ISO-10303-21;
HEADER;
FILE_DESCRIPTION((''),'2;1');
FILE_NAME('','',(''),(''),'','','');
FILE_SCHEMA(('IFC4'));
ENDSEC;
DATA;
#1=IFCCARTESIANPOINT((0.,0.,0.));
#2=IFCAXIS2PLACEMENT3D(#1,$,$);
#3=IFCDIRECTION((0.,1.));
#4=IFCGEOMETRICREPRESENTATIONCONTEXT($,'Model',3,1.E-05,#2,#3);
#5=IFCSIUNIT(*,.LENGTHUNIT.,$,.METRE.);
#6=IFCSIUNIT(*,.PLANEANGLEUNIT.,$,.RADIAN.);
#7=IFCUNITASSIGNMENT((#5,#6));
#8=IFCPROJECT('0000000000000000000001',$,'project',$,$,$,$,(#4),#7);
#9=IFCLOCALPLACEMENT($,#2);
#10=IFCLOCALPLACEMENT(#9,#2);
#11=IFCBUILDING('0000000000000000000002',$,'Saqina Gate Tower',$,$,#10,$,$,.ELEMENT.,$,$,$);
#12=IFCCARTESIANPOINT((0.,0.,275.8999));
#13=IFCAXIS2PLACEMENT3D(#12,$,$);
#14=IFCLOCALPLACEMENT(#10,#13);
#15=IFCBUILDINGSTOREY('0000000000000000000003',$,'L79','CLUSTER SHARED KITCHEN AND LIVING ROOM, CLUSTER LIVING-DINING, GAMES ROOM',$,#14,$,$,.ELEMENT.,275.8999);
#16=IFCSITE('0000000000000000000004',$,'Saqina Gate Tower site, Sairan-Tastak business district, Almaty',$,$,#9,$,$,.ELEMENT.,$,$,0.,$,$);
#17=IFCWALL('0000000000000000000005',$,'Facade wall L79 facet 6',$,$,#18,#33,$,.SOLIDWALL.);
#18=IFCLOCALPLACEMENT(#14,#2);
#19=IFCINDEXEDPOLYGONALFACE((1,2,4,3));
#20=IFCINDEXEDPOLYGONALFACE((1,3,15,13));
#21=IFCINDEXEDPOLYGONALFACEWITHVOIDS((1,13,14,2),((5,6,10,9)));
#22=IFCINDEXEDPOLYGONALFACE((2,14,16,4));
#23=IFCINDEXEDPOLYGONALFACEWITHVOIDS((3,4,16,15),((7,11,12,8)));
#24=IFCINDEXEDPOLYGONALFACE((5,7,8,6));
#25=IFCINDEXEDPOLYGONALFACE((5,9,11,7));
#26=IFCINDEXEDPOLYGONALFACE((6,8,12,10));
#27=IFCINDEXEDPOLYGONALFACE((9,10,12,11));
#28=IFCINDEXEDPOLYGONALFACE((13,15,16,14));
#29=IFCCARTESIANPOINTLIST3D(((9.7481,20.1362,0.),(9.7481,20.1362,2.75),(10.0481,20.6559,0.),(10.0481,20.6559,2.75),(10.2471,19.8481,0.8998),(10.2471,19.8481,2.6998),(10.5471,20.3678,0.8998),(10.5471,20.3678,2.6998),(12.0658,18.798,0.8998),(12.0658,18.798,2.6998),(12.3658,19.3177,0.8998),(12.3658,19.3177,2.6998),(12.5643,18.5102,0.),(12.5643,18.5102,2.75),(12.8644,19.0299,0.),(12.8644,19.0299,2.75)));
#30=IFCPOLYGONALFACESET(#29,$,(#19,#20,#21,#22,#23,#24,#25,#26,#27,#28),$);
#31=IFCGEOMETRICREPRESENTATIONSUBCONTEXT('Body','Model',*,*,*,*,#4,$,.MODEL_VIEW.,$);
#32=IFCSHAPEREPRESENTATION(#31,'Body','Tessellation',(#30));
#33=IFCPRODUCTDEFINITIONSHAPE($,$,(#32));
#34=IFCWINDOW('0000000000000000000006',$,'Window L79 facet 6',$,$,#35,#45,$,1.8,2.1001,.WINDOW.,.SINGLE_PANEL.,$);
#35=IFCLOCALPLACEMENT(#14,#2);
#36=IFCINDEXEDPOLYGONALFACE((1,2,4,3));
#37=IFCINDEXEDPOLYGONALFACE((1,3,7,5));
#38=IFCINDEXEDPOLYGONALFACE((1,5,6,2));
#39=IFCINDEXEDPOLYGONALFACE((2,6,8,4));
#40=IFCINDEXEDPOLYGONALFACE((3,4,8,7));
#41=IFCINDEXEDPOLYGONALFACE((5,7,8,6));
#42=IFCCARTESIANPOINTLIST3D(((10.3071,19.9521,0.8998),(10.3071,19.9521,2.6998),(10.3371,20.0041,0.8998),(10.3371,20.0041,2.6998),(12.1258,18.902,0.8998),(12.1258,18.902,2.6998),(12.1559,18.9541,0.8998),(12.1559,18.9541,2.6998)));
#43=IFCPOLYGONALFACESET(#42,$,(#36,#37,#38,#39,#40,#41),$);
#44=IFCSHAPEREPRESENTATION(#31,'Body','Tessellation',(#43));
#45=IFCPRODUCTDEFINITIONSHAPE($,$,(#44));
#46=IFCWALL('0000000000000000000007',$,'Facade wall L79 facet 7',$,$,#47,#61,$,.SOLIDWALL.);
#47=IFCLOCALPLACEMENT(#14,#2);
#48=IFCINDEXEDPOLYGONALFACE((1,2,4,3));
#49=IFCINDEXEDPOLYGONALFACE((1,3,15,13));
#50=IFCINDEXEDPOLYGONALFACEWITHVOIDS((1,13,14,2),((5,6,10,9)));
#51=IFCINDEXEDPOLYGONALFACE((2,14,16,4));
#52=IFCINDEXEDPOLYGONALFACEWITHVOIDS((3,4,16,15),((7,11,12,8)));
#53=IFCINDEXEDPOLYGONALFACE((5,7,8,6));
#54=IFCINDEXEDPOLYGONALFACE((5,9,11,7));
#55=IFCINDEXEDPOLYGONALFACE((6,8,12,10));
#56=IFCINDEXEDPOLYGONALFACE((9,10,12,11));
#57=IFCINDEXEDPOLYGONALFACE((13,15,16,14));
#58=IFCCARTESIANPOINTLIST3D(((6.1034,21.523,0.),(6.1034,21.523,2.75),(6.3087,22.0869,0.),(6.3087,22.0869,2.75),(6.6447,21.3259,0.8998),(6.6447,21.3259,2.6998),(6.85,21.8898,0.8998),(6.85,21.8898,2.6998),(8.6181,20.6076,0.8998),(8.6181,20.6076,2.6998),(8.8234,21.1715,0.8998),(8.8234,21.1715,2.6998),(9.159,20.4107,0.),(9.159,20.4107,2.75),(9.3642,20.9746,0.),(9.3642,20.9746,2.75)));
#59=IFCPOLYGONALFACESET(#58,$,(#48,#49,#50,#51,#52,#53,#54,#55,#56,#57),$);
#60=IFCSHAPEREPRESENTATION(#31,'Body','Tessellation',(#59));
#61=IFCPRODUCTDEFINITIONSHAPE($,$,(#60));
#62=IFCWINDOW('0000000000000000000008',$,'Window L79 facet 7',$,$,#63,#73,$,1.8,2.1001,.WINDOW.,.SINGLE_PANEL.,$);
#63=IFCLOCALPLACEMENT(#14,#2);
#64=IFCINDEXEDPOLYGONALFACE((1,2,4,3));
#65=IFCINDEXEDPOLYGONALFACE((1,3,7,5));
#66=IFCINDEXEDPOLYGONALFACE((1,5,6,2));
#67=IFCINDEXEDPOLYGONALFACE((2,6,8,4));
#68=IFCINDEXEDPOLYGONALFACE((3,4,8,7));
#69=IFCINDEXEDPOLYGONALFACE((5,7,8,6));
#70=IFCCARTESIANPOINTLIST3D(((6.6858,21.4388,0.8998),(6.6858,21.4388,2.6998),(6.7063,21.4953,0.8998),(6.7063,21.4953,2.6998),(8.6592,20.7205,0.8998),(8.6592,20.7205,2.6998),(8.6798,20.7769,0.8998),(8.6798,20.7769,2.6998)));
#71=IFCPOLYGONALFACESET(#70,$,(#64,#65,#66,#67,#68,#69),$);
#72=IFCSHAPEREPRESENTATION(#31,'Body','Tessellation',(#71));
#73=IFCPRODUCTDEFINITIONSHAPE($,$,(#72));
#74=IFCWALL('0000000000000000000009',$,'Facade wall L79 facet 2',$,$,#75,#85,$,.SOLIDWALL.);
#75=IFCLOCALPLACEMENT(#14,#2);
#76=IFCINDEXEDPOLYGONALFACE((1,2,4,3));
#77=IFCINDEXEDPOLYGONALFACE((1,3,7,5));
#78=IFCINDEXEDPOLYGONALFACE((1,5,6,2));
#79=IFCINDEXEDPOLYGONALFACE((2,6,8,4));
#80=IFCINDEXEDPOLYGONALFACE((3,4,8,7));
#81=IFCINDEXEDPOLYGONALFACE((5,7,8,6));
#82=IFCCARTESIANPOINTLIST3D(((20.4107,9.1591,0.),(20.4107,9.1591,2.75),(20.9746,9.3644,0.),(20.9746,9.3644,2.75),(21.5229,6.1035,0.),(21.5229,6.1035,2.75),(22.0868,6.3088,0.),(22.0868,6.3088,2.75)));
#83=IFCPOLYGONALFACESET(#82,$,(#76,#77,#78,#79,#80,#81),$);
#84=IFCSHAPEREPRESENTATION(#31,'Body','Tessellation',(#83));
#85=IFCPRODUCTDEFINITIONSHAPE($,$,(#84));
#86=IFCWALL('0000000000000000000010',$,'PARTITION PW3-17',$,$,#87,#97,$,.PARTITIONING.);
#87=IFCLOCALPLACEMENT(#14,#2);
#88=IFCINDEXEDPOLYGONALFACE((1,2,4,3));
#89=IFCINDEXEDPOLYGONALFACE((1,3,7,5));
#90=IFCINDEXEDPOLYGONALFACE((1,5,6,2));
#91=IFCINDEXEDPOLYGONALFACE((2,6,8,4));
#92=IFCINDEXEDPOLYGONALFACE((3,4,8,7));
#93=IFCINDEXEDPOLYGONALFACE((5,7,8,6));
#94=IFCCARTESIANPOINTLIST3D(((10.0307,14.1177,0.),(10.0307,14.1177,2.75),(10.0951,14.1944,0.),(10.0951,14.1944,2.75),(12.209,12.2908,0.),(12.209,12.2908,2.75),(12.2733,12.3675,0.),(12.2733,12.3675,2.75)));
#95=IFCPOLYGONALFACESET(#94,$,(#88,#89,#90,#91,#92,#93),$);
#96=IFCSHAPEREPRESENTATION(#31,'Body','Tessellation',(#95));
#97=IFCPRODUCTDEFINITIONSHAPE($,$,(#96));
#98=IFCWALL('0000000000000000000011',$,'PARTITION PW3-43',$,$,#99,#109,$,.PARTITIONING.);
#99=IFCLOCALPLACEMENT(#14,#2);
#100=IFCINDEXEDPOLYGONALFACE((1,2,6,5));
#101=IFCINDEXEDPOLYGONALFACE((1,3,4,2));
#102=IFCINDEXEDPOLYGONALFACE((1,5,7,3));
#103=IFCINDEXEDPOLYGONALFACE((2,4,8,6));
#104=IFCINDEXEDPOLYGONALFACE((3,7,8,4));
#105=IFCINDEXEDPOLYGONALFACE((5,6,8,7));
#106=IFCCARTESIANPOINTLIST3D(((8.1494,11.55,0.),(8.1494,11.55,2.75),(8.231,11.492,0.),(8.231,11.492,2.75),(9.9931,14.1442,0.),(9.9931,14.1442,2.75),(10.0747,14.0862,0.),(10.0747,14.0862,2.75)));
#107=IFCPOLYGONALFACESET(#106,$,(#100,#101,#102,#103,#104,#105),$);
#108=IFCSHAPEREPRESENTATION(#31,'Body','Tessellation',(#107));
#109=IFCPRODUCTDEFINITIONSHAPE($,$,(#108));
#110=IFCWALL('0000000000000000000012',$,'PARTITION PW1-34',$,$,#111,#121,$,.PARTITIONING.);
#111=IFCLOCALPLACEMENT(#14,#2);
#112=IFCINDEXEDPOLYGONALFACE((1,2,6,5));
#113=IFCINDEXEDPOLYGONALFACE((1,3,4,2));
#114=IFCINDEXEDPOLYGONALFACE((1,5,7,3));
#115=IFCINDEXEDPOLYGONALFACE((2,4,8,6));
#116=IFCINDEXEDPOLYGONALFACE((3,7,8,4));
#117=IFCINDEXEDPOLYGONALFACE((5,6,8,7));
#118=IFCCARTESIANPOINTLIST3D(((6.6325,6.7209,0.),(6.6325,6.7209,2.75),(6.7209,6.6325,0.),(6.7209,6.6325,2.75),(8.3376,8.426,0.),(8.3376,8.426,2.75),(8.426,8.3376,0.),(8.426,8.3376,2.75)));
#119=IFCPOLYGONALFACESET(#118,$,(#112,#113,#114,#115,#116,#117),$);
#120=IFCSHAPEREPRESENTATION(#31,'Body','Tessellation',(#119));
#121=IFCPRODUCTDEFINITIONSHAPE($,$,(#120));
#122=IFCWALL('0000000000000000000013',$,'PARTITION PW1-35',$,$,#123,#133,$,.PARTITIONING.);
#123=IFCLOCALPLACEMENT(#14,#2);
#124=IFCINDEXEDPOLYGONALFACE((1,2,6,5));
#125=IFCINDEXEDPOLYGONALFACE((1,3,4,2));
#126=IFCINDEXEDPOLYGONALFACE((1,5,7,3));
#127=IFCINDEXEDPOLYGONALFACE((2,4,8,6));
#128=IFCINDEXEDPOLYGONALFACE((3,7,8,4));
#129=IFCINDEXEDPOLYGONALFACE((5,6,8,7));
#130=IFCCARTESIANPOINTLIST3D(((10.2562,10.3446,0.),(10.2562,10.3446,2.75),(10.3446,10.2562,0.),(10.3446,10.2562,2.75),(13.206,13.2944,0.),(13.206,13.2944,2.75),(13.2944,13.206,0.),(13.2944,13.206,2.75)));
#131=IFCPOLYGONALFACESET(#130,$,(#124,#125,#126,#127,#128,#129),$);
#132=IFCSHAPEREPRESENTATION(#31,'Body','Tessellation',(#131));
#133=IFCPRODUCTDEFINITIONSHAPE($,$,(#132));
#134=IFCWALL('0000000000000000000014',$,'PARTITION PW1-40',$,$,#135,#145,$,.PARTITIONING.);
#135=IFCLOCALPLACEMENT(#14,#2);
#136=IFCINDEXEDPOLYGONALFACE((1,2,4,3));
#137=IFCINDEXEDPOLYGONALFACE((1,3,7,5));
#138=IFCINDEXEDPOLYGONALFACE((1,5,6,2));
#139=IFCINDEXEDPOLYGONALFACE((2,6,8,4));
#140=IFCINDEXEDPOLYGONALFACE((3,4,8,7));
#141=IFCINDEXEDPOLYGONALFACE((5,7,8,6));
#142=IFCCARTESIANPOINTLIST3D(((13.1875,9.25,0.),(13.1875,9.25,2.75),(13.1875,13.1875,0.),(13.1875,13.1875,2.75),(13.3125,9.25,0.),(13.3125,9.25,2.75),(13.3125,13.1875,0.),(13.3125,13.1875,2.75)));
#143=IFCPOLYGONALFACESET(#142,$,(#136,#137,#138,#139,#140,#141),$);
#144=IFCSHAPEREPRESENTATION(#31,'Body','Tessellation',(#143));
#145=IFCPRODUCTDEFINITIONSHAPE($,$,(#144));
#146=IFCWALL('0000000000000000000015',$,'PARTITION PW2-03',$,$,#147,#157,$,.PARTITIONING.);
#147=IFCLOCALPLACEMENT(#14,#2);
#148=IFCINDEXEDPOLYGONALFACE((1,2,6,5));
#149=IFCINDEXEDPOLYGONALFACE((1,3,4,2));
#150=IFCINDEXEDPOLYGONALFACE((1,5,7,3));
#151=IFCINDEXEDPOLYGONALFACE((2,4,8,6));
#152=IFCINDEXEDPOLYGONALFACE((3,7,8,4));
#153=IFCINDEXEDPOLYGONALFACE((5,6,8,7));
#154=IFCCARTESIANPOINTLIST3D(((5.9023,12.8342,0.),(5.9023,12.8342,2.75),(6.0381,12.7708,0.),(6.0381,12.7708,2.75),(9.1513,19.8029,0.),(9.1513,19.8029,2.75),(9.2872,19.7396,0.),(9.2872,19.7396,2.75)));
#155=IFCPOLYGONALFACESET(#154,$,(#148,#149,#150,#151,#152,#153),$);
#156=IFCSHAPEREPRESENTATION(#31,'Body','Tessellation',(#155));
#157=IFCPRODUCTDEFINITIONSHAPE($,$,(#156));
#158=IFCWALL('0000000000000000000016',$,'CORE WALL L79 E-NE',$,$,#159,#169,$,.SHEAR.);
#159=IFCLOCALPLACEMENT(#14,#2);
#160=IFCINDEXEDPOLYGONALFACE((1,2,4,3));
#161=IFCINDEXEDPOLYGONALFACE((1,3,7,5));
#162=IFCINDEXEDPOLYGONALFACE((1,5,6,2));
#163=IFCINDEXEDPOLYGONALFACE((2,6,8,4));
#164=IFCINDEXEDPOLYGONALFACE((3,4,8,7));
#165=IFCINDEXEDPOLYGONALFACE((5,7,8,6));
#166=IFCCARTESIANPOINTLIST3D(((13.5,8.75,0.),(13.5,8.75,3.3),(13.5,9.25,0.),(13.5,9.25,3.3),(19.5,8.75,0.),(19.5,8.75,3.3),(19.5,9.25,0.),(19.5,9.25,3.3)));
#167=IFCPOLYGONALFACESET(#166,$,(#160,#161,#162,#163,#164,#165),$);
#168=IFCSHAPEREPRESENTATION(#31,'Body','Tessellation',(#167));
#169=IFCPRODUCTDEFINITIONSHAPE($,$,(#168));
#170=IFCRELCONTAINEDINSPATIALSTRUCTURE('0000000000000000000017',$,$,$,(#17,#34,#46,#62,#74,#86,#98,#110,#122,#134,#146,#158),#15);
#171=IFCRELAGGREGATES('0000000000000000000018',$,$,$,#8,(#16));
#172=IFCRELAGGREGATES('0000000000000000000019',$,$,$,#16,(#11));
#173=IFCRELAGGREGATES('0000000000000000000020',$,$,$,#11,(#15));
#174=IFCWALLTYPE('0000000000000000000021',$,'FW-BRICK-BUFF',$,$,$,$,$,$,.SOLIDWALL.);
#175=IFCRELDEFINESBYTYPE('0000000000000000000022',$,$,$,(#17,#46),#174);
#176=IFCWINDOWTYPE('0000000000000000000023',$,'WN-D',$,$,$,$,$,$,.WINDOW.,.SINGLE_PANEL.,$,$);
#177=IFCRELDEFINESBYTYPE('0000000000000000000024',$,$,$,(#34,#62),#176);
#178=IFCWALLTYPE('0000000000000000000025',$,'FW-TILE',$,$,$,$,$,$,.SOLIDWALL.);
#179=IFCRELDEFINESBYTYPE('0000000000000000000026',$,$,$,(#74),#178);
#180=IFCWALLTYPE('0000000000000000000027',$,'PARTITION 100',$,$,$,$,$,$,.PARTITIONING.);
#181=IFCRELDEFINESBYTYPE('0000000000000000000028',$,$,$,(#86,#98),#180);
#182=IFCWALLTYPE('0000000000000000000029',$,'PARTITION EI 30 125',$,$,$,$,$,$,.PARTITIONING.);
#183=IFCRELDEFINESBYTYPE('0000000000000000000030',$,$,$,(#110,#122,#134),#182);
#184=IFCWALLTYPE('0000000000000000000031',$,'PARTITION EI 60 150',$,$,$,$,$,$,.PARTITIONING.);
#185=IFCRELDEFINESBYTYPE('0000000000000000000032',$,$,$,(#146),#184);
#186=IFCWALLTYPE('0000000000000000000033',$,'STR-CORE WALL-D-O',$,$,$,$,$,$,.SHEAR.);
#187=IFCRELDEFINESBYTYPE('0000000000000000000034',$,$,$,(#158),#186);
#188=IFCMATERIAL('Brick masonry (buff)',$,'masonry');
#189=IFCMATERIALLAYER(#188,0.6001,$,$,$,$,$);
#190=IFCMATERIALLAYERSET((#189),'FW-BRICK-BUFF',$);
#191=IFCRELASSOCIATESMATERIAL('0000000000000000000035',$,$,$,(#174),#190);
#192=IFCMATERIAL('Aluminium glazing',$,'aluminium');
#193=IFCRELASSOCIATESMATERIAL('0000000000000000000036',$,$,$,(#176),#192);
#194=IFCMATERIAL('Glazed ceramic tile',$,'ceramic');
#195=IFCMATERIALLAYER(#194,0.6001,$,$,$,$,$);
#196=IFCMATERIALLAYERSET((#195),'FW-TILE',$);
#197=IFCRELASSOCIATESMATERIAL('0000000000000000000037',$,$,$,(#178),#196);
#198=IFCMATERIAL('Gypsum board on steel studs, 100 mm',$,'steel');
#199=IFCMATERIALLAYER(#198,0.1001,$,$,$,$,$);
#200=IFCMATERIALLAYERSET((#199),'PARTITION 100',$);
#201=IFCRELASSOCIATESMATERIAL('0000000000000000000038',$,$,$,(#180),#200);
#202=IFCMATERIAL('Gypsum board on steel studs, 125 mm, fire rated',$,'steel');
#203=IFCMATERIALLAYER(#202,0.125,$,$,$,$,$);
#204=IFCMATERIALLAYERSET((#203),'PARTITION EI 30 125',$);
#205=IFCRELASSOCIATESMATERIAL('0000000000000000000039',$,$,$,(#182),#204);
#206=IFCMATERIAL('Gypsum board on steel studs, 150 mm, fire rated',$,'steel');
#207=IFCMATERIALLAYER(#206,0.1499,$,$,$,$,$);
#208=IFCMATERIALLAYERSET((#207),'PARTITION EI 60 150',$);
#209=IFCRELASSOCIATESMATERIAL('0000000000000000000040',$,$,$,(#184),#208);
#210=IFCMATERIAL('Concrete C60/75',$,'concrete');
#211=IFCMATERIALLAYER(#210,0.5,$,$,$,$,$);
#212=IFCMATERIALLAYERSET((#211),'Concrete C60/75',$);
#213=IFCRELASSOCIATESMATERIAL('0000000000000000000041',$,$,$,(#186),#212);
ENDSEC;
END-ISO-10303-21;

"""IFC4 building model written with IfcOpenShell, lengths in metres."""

from ifc_helpers import new_model, si_unit, direction, frame, frame_2d, origin, place, context, subcontext, project, spatial, rectangle, extrude, material, layer, layer_set, type_object, element, fill, save


model = new_model("IFC4")

# Units and contexts
model_context = context("Model", 3, precision=1e-05, world=origin(), true_north=direction((0.0, 1.0)))
body_context = subcontext(model_context, "Body", "Model", "MODEL_VIEW")
ifc_project = project(units=[si_unit("LENGTHUNIT", "METRE"), si_unit("PLANEANGLEUNIT", "RADIAN")], contexts=[model_context])

# Site, building, storey
site_placement = place(None, origin())
site = spatial("IfcSite", under=ifc_project, at=site_placement, Name="Saqina Gate Tower site, Sairan-Tastak business district, Almaty", CompositionType="ELEMENT", RefElevation=0.0)
building_placement = place(site_placement, origin())
building = spatial("IfcBuilding", under=site, at=building_placement, Name="Saqina Gate Tower", CompositionType="ELEMENT")
storey_placement = place(building_placement, frame((0.0, 0.0, 275.8999)))
storey = spatial("IfcBuildingStorey", under=building, at=storey_placement, Name="L79", Description="CLUSTER SHARED KITCHEN AND LIVING ROOM, CLUSTER LIVING-DINING, GAMES ROOM", CompositionType="ELEMENT", Elevation=275.8999)

# Walls, openings, windows
ifc_material_1 = material(Name="Brick masonry (buff)", Category="masonry")
ifc_layer_1 = layer(ifc_material_1, 0.6001)
ifc_layer_set_1 = layer_set([ifc_layer_1], Name="FW-BRICK-BUFF")
wall_type_1 = type_object("IfcWallType", Name="FW-BRICK-BUFF", PredefinedType="SOLIDWALL", material=ifc_layer_set_1)
ifc_material_2 = material(Name="Aluminium glazing", Category="aluminium")
window_type = type_object("IfcWindowType", Name="WN-D", PartitioningType="SINGLE_PANEL", PredefinedType="WINDOW", material=ifc_material_2)
wall_1_placement = place(storey_placement, frame((12.7144, 18.77, 0.0), z_axis=(0.0, 0.0, 1.0), x_axis=(-0.866017, 0.500015, 0.0)))
wall_1 = element("IfcWall", 1, at=wall_1_placement, inside=storey, type_object=wall_type_1, Name="Facade wall L79 facet 6", PredefinedType="SOLIDWALL", context=body_context, shape_type="SweptSolid", body=[
    extrude(rectangle(XDim=3.252, YDim=0.6001, at=frame_2d((1.626, 0.0))), origin(), (0.0, 0.0, 1.0), 2.75),
])
opening_1_placement = place(wall_1_placement, frame((0.5757, 0.0, 0.8999)))
opening_1 = element("IfcOpeningElement", 2, at=opening_1_placement, cuts=wall_1, PredefinedType="OPENING", context=body_context, shape_type="SweptSolid", body=[
    extrude(rectangle(XDim=2.1001, YDim=1.8, at=frame_2d((1.05, 0.8999))), frame((0.0, 0.312, 0.0), z_axis=(0.0, -1.0, 0.0), x_axis=(1.0, 0.0, 0.0)), (0.0, 0.0, 1.0), 0.624),
])
window_1_placement = place(opening_1_placement, origin())
window_1 = element("IfcWindow", 3, at=window_1_placement, inside=storey, type_object=window_type, Name="Window L79 facet 6", OverallHeight=1.8, OverallWidth=2.1001, PartitioningType="SINGLE_PANEL", PredefinedType="WINDOW", context=body_context, shape_type="SweptSolid", body=[
    extrude(rectangle(XDim=2.1001, YDim=1.8, at=frame_2d((1.05, 0.8999))), frame((0.0, 0.1799, 0.0), z_axis=(0.0, -1.0, 0.0), x_axis=(1.0, 0.0, 0.0)), (0.0, 0.0, 1.0), 0.0601),
])
fill(opening_1, window_1)
wall_2_placement = place(storey_placement, frame((9.2617, 20.6926, 0.0), z_axis=(0.0, 0.0, 1.0), x_axis=(-0.939679, 0.342057, 0.0)))
wall_2 = element("IfcWall", 4, at=wall_2_placement, inside=storey, type_object=wall_type_1, Name="Facade wall L79 facet 7", PredefinedType="SOLIDWALL", context=body_context, shape_type="SweptSolid", body=[
    extrude(rectangle(XDim=3.2517, YDim=0.6001, at=frame_2d((1.626, 0.0))), origin(), (0.0, 0.0, 1.0), 2.75),
])
opening_2_placement = place(wall_2_placement, frame((0.5757, 0.0, 0.8999)))
opening_2 = element("IfcOpeningElement", 5, at=opening_2_placement, cuts=wall_2, PredefinedType="OPENING", context=body_context, shape_type="SweptSolid", body=[
    extrude(rectangle(XDim=2.1001, YDim=1.8, at=frame_2d((1.05, 0.8999))), frame((0.0, 0.312, 0.0), z_axis=(0.0, -1.0, 0.0), x_axis=(1.0, 0.0, 0.0)), (0.0, 0.0, 1.0), 0.624),
])
window_2_placement = place(opening_2_placement, origin())
window_2 = element("IfcWindow", 6, at=window_2_placement, inside=storey, type_object=window_type, Name="Window L79 facet 7", OverallHeight=1.8, OverallWidth=2.1001, PartitioningType="SINGLE_PANEL", PredefinedType="WINDOW", context=body_context, shape_type="SweptSolid", body=[
    extrude(rectangle(XDim=2.1001, YDim=1.8, at=frame_2d((1.05, 0.8999))), frame((0.0, 0.1799, 0.0), z_axis=(0.0, -1.0, 0.0), x_axis=(1.0, 0.0, 0.0)), (0.0, 0.0, 1.0), 0.0601),
])
fill(opening_2, window_2)

# Walls
ifc_material_3 = material(Name="Glazed ceramic tile", Category="ceramic")
ifc_layer_2 = layer(ifc_material_3, 0.6001)
ifc_layer_set_2 = layer_set([ifc_layer_2], Name="FW-TILE")
wall_type_2 = type_object("IfcWallType", Name="FW-TILE", PredefinedType="SOLIDWALL", material=ifc_layer_set_2)
wall_3_placement = place(storey_placement, frame((21.8049, 6.2061, 0.0), z_axis=(0.0, 0.0, 1.0), x_axis=(-0.342057, 0.939679, 0.0)))
element("IfcWall", 7, at=wall_3_placement, inside=storey, type_object=wall_type_2, Name="Facade wall L79 facet 2", PredefinedType="SOLIDWALL", context=body_context, shape_type="SweptSolid", body=[
    extrude(rectangle(XDim=3.2517, YDim=0.6001, at=frame_2d((1.626, 0.0))), origin(), (0.0, 0.0, 1.0), 2.75),
])
ifc_material_4 = material(Name="Gypsum board on steel studs, 100 mm", Category="steel")
ifc_layer_3 = layer(ifc_material_4, 0.1001)
ifc_layer_set_3 = layer_set([ifc_layer_3], Name="PARTITION 100")
wall_type_3 = type_object("IfcWallType", Name="PARTITION 100", PredefinedType="PARTITIONING", material=ifc_layer_set_3)
wall_4_placement = place(storey_placement, frame((10.063, 14.156, 0.0), z_axis=(0.0, 0.0, 1.0), x_axis=(0.76619, -0.642614, 0.0)))
element("IfcWall", 8, at=wall_4_placement, inside=storey, type_object=wall_type_3, Name="PARTITION PW3-17", PredefinedType="PARTITIONING", context=body_context, shape_type="SweptSolid", body=[
    extrude(rectangle(XDim=2.843, YDim=0.1001, at=frame_2d((1.4214, 0.0))), origin(), (0.0, 0.0, 1.0), 2.75),
])
wall_5_placement = place(storey_placement, frame((8.1902, 11.521, 0.0), z_axis=(0.0, 0.0, 1.0), x_axis=(0.579306, 0.81511, 0.0)))
element("IfcWall", 9, at=wall_5_placement, inside=storey, type_object=wall_type_3, Name="PARTITION PW3-43", PredefinedType="PARTITIONING", context=body_context, shape_type="SweptSolid", body=[
    extrude(rectangle(XDim=3.1826, YDim=0.1001, at=frame_2d((1.5913, 0.0))), origin(), (0.0, 0.0, 1.0), 2.75),
])
ifc_material_5 = material(Name="Gypsum board on steel studs, 125 mm, fire rated", Category="steel")
ifc_layer_4 = layer(ifc_material_5, 0.125)
ifc_layer_set_4 = layer_set([ifc_layer_4], Name="PARTITION EI 30 125")
wall_type_4 = type_object("IfcWallType", Name="PARTITION EI 30 125", PredefinedType="PARTITIONING", material=ifc_layer_set_4)
wall_6_placement = place(storey_placement, frame((6.6768, 6.6768, 0.0), z_axis=(0.0, 0.0, 1.0), x_axis=(0.707107, 0.707107, 0.0)))
element("IfcWall", 10, at=wall_6_placement, inside=storey, type_object=wall_type_4, Name="PARTITION PW1-34", PredefinedType="PARTITIONING", context=body_context, shape_type="SweptSolid", body=[
    extrude(rectangle(XDim=2.4114, YDim=0.125, at=frame_2d((1.2056, 0.0))), origin(), (0.0, 0.0, 1.0), 2.75),
])
wall_7_placement = place(storey_placement, frame((10.3003, 10.3003, 0.0), z_axis=(0.0, 0.0, 1.0), x_axis=(0.707107, 0.707107, 0.0)))
element("IfcWall", 11, at=wall_7_placement, inside=storey, type_object=wall_type_4, Name="PARTITION PW1-35", PredefinedType="PARTITIONING", context=body_context, shape_type="SweptSolid", body=[
    extrude(rectangle(XDim=4.1716, YDim=0.125, at=frame_2d((2.0859, 0.0))), origin(), (0.0, 0.0, 1.0), 2.75),
])
wall_8_placement = place(storey_placement, frame((13.25, 9.25, 0.0), z_axis=(0.0, 0.0, 1.0), x_axis=(0.0, 1.0, 0.0)))
element("IfcWall", 12, at=wall_8_placement, inside=storey, type_object=wall_type_4, Name="PARTITION PW1-40", PredefinedType="PARTITIONING", context=body_context, shape_type="SweptSolid", body=[
    extrude(rectangle(XDim=3.9375, YDim=0.125, at=frame_2d((1.9688, 0.0))), origin(), (0.0, 0.0, 1.0), 2.75),
])
ifc_material_6 = material(Name="Gypsum board on steel studs, 150 mm, fire rated", Category="steel")
ifc_layer_5 = layer(ifc_material_6, 0.1499)
ifc_layer_set_5 = layer_set([ifc_layer_5], Name="PARTITION EI 60 150")
wall_type_5 = type_object("IfcWallType", Name="PARTITION EI 60 150", PredefinedType="PARTITIONING", material=ifc_layer_set_5)
wall_9_placement = place(storey_placement, frame((5.9702, 12.8025, 0.0), z_axis=(0.0, 0.0, 1.0), x_axis=(0.422559, 0.906336, 0.0)))
element("IfcWall", 13, at=wall_9_placement, inside=storey, type_object=wall_type_5, Name="PARTITION PW2-03", PredefinedType="PARTITIONING", context=body_context, shape_type="SweptSolid", body=[
    extrude(rectangle(XDim=7.689, YDim=0.1499, at=frame_2d((3.8445, 0.0))), origin(), (0.0, 0.0, 1.0), 2.75),
])
ifc_material_7 = material(Name="Concrete C60/75", Category="concrete")
ifc_layer_6 = layer(ifc_material_7, 0.5)
ifc_layer_set_6 = layer_set([ifc_layer_6], Name="Concrete C60/75")
wall_type_6 = type_object("IfcWallType", Name="STR-CORE WALL-D-O", PredefinedType="SHEAR", material=ifc_layer_set_6)
wall_10_placement = place(storey_placement, frame((13.5, 9.0, 0.0), z_axis=(0.0, 0.0, 1.0), x_axis=(1.0, 0.0, 0.0)))
element("IfcWall", 14, at=wall_10_placement, inside=storey, type_object=wall_type_6, Name="CORE WALL L79 E-NE", PredefinedType="SHEAR", context=body_context, shape_type="SweptSolid", body=[
    extrude(rectangle(XDim=6.0, YDim=0.5, at=frame_2d((3.0, 0.0))), origin(), (0.0, 0.0, 1.0), 3.3),
])

save(model, "model.ifc")
